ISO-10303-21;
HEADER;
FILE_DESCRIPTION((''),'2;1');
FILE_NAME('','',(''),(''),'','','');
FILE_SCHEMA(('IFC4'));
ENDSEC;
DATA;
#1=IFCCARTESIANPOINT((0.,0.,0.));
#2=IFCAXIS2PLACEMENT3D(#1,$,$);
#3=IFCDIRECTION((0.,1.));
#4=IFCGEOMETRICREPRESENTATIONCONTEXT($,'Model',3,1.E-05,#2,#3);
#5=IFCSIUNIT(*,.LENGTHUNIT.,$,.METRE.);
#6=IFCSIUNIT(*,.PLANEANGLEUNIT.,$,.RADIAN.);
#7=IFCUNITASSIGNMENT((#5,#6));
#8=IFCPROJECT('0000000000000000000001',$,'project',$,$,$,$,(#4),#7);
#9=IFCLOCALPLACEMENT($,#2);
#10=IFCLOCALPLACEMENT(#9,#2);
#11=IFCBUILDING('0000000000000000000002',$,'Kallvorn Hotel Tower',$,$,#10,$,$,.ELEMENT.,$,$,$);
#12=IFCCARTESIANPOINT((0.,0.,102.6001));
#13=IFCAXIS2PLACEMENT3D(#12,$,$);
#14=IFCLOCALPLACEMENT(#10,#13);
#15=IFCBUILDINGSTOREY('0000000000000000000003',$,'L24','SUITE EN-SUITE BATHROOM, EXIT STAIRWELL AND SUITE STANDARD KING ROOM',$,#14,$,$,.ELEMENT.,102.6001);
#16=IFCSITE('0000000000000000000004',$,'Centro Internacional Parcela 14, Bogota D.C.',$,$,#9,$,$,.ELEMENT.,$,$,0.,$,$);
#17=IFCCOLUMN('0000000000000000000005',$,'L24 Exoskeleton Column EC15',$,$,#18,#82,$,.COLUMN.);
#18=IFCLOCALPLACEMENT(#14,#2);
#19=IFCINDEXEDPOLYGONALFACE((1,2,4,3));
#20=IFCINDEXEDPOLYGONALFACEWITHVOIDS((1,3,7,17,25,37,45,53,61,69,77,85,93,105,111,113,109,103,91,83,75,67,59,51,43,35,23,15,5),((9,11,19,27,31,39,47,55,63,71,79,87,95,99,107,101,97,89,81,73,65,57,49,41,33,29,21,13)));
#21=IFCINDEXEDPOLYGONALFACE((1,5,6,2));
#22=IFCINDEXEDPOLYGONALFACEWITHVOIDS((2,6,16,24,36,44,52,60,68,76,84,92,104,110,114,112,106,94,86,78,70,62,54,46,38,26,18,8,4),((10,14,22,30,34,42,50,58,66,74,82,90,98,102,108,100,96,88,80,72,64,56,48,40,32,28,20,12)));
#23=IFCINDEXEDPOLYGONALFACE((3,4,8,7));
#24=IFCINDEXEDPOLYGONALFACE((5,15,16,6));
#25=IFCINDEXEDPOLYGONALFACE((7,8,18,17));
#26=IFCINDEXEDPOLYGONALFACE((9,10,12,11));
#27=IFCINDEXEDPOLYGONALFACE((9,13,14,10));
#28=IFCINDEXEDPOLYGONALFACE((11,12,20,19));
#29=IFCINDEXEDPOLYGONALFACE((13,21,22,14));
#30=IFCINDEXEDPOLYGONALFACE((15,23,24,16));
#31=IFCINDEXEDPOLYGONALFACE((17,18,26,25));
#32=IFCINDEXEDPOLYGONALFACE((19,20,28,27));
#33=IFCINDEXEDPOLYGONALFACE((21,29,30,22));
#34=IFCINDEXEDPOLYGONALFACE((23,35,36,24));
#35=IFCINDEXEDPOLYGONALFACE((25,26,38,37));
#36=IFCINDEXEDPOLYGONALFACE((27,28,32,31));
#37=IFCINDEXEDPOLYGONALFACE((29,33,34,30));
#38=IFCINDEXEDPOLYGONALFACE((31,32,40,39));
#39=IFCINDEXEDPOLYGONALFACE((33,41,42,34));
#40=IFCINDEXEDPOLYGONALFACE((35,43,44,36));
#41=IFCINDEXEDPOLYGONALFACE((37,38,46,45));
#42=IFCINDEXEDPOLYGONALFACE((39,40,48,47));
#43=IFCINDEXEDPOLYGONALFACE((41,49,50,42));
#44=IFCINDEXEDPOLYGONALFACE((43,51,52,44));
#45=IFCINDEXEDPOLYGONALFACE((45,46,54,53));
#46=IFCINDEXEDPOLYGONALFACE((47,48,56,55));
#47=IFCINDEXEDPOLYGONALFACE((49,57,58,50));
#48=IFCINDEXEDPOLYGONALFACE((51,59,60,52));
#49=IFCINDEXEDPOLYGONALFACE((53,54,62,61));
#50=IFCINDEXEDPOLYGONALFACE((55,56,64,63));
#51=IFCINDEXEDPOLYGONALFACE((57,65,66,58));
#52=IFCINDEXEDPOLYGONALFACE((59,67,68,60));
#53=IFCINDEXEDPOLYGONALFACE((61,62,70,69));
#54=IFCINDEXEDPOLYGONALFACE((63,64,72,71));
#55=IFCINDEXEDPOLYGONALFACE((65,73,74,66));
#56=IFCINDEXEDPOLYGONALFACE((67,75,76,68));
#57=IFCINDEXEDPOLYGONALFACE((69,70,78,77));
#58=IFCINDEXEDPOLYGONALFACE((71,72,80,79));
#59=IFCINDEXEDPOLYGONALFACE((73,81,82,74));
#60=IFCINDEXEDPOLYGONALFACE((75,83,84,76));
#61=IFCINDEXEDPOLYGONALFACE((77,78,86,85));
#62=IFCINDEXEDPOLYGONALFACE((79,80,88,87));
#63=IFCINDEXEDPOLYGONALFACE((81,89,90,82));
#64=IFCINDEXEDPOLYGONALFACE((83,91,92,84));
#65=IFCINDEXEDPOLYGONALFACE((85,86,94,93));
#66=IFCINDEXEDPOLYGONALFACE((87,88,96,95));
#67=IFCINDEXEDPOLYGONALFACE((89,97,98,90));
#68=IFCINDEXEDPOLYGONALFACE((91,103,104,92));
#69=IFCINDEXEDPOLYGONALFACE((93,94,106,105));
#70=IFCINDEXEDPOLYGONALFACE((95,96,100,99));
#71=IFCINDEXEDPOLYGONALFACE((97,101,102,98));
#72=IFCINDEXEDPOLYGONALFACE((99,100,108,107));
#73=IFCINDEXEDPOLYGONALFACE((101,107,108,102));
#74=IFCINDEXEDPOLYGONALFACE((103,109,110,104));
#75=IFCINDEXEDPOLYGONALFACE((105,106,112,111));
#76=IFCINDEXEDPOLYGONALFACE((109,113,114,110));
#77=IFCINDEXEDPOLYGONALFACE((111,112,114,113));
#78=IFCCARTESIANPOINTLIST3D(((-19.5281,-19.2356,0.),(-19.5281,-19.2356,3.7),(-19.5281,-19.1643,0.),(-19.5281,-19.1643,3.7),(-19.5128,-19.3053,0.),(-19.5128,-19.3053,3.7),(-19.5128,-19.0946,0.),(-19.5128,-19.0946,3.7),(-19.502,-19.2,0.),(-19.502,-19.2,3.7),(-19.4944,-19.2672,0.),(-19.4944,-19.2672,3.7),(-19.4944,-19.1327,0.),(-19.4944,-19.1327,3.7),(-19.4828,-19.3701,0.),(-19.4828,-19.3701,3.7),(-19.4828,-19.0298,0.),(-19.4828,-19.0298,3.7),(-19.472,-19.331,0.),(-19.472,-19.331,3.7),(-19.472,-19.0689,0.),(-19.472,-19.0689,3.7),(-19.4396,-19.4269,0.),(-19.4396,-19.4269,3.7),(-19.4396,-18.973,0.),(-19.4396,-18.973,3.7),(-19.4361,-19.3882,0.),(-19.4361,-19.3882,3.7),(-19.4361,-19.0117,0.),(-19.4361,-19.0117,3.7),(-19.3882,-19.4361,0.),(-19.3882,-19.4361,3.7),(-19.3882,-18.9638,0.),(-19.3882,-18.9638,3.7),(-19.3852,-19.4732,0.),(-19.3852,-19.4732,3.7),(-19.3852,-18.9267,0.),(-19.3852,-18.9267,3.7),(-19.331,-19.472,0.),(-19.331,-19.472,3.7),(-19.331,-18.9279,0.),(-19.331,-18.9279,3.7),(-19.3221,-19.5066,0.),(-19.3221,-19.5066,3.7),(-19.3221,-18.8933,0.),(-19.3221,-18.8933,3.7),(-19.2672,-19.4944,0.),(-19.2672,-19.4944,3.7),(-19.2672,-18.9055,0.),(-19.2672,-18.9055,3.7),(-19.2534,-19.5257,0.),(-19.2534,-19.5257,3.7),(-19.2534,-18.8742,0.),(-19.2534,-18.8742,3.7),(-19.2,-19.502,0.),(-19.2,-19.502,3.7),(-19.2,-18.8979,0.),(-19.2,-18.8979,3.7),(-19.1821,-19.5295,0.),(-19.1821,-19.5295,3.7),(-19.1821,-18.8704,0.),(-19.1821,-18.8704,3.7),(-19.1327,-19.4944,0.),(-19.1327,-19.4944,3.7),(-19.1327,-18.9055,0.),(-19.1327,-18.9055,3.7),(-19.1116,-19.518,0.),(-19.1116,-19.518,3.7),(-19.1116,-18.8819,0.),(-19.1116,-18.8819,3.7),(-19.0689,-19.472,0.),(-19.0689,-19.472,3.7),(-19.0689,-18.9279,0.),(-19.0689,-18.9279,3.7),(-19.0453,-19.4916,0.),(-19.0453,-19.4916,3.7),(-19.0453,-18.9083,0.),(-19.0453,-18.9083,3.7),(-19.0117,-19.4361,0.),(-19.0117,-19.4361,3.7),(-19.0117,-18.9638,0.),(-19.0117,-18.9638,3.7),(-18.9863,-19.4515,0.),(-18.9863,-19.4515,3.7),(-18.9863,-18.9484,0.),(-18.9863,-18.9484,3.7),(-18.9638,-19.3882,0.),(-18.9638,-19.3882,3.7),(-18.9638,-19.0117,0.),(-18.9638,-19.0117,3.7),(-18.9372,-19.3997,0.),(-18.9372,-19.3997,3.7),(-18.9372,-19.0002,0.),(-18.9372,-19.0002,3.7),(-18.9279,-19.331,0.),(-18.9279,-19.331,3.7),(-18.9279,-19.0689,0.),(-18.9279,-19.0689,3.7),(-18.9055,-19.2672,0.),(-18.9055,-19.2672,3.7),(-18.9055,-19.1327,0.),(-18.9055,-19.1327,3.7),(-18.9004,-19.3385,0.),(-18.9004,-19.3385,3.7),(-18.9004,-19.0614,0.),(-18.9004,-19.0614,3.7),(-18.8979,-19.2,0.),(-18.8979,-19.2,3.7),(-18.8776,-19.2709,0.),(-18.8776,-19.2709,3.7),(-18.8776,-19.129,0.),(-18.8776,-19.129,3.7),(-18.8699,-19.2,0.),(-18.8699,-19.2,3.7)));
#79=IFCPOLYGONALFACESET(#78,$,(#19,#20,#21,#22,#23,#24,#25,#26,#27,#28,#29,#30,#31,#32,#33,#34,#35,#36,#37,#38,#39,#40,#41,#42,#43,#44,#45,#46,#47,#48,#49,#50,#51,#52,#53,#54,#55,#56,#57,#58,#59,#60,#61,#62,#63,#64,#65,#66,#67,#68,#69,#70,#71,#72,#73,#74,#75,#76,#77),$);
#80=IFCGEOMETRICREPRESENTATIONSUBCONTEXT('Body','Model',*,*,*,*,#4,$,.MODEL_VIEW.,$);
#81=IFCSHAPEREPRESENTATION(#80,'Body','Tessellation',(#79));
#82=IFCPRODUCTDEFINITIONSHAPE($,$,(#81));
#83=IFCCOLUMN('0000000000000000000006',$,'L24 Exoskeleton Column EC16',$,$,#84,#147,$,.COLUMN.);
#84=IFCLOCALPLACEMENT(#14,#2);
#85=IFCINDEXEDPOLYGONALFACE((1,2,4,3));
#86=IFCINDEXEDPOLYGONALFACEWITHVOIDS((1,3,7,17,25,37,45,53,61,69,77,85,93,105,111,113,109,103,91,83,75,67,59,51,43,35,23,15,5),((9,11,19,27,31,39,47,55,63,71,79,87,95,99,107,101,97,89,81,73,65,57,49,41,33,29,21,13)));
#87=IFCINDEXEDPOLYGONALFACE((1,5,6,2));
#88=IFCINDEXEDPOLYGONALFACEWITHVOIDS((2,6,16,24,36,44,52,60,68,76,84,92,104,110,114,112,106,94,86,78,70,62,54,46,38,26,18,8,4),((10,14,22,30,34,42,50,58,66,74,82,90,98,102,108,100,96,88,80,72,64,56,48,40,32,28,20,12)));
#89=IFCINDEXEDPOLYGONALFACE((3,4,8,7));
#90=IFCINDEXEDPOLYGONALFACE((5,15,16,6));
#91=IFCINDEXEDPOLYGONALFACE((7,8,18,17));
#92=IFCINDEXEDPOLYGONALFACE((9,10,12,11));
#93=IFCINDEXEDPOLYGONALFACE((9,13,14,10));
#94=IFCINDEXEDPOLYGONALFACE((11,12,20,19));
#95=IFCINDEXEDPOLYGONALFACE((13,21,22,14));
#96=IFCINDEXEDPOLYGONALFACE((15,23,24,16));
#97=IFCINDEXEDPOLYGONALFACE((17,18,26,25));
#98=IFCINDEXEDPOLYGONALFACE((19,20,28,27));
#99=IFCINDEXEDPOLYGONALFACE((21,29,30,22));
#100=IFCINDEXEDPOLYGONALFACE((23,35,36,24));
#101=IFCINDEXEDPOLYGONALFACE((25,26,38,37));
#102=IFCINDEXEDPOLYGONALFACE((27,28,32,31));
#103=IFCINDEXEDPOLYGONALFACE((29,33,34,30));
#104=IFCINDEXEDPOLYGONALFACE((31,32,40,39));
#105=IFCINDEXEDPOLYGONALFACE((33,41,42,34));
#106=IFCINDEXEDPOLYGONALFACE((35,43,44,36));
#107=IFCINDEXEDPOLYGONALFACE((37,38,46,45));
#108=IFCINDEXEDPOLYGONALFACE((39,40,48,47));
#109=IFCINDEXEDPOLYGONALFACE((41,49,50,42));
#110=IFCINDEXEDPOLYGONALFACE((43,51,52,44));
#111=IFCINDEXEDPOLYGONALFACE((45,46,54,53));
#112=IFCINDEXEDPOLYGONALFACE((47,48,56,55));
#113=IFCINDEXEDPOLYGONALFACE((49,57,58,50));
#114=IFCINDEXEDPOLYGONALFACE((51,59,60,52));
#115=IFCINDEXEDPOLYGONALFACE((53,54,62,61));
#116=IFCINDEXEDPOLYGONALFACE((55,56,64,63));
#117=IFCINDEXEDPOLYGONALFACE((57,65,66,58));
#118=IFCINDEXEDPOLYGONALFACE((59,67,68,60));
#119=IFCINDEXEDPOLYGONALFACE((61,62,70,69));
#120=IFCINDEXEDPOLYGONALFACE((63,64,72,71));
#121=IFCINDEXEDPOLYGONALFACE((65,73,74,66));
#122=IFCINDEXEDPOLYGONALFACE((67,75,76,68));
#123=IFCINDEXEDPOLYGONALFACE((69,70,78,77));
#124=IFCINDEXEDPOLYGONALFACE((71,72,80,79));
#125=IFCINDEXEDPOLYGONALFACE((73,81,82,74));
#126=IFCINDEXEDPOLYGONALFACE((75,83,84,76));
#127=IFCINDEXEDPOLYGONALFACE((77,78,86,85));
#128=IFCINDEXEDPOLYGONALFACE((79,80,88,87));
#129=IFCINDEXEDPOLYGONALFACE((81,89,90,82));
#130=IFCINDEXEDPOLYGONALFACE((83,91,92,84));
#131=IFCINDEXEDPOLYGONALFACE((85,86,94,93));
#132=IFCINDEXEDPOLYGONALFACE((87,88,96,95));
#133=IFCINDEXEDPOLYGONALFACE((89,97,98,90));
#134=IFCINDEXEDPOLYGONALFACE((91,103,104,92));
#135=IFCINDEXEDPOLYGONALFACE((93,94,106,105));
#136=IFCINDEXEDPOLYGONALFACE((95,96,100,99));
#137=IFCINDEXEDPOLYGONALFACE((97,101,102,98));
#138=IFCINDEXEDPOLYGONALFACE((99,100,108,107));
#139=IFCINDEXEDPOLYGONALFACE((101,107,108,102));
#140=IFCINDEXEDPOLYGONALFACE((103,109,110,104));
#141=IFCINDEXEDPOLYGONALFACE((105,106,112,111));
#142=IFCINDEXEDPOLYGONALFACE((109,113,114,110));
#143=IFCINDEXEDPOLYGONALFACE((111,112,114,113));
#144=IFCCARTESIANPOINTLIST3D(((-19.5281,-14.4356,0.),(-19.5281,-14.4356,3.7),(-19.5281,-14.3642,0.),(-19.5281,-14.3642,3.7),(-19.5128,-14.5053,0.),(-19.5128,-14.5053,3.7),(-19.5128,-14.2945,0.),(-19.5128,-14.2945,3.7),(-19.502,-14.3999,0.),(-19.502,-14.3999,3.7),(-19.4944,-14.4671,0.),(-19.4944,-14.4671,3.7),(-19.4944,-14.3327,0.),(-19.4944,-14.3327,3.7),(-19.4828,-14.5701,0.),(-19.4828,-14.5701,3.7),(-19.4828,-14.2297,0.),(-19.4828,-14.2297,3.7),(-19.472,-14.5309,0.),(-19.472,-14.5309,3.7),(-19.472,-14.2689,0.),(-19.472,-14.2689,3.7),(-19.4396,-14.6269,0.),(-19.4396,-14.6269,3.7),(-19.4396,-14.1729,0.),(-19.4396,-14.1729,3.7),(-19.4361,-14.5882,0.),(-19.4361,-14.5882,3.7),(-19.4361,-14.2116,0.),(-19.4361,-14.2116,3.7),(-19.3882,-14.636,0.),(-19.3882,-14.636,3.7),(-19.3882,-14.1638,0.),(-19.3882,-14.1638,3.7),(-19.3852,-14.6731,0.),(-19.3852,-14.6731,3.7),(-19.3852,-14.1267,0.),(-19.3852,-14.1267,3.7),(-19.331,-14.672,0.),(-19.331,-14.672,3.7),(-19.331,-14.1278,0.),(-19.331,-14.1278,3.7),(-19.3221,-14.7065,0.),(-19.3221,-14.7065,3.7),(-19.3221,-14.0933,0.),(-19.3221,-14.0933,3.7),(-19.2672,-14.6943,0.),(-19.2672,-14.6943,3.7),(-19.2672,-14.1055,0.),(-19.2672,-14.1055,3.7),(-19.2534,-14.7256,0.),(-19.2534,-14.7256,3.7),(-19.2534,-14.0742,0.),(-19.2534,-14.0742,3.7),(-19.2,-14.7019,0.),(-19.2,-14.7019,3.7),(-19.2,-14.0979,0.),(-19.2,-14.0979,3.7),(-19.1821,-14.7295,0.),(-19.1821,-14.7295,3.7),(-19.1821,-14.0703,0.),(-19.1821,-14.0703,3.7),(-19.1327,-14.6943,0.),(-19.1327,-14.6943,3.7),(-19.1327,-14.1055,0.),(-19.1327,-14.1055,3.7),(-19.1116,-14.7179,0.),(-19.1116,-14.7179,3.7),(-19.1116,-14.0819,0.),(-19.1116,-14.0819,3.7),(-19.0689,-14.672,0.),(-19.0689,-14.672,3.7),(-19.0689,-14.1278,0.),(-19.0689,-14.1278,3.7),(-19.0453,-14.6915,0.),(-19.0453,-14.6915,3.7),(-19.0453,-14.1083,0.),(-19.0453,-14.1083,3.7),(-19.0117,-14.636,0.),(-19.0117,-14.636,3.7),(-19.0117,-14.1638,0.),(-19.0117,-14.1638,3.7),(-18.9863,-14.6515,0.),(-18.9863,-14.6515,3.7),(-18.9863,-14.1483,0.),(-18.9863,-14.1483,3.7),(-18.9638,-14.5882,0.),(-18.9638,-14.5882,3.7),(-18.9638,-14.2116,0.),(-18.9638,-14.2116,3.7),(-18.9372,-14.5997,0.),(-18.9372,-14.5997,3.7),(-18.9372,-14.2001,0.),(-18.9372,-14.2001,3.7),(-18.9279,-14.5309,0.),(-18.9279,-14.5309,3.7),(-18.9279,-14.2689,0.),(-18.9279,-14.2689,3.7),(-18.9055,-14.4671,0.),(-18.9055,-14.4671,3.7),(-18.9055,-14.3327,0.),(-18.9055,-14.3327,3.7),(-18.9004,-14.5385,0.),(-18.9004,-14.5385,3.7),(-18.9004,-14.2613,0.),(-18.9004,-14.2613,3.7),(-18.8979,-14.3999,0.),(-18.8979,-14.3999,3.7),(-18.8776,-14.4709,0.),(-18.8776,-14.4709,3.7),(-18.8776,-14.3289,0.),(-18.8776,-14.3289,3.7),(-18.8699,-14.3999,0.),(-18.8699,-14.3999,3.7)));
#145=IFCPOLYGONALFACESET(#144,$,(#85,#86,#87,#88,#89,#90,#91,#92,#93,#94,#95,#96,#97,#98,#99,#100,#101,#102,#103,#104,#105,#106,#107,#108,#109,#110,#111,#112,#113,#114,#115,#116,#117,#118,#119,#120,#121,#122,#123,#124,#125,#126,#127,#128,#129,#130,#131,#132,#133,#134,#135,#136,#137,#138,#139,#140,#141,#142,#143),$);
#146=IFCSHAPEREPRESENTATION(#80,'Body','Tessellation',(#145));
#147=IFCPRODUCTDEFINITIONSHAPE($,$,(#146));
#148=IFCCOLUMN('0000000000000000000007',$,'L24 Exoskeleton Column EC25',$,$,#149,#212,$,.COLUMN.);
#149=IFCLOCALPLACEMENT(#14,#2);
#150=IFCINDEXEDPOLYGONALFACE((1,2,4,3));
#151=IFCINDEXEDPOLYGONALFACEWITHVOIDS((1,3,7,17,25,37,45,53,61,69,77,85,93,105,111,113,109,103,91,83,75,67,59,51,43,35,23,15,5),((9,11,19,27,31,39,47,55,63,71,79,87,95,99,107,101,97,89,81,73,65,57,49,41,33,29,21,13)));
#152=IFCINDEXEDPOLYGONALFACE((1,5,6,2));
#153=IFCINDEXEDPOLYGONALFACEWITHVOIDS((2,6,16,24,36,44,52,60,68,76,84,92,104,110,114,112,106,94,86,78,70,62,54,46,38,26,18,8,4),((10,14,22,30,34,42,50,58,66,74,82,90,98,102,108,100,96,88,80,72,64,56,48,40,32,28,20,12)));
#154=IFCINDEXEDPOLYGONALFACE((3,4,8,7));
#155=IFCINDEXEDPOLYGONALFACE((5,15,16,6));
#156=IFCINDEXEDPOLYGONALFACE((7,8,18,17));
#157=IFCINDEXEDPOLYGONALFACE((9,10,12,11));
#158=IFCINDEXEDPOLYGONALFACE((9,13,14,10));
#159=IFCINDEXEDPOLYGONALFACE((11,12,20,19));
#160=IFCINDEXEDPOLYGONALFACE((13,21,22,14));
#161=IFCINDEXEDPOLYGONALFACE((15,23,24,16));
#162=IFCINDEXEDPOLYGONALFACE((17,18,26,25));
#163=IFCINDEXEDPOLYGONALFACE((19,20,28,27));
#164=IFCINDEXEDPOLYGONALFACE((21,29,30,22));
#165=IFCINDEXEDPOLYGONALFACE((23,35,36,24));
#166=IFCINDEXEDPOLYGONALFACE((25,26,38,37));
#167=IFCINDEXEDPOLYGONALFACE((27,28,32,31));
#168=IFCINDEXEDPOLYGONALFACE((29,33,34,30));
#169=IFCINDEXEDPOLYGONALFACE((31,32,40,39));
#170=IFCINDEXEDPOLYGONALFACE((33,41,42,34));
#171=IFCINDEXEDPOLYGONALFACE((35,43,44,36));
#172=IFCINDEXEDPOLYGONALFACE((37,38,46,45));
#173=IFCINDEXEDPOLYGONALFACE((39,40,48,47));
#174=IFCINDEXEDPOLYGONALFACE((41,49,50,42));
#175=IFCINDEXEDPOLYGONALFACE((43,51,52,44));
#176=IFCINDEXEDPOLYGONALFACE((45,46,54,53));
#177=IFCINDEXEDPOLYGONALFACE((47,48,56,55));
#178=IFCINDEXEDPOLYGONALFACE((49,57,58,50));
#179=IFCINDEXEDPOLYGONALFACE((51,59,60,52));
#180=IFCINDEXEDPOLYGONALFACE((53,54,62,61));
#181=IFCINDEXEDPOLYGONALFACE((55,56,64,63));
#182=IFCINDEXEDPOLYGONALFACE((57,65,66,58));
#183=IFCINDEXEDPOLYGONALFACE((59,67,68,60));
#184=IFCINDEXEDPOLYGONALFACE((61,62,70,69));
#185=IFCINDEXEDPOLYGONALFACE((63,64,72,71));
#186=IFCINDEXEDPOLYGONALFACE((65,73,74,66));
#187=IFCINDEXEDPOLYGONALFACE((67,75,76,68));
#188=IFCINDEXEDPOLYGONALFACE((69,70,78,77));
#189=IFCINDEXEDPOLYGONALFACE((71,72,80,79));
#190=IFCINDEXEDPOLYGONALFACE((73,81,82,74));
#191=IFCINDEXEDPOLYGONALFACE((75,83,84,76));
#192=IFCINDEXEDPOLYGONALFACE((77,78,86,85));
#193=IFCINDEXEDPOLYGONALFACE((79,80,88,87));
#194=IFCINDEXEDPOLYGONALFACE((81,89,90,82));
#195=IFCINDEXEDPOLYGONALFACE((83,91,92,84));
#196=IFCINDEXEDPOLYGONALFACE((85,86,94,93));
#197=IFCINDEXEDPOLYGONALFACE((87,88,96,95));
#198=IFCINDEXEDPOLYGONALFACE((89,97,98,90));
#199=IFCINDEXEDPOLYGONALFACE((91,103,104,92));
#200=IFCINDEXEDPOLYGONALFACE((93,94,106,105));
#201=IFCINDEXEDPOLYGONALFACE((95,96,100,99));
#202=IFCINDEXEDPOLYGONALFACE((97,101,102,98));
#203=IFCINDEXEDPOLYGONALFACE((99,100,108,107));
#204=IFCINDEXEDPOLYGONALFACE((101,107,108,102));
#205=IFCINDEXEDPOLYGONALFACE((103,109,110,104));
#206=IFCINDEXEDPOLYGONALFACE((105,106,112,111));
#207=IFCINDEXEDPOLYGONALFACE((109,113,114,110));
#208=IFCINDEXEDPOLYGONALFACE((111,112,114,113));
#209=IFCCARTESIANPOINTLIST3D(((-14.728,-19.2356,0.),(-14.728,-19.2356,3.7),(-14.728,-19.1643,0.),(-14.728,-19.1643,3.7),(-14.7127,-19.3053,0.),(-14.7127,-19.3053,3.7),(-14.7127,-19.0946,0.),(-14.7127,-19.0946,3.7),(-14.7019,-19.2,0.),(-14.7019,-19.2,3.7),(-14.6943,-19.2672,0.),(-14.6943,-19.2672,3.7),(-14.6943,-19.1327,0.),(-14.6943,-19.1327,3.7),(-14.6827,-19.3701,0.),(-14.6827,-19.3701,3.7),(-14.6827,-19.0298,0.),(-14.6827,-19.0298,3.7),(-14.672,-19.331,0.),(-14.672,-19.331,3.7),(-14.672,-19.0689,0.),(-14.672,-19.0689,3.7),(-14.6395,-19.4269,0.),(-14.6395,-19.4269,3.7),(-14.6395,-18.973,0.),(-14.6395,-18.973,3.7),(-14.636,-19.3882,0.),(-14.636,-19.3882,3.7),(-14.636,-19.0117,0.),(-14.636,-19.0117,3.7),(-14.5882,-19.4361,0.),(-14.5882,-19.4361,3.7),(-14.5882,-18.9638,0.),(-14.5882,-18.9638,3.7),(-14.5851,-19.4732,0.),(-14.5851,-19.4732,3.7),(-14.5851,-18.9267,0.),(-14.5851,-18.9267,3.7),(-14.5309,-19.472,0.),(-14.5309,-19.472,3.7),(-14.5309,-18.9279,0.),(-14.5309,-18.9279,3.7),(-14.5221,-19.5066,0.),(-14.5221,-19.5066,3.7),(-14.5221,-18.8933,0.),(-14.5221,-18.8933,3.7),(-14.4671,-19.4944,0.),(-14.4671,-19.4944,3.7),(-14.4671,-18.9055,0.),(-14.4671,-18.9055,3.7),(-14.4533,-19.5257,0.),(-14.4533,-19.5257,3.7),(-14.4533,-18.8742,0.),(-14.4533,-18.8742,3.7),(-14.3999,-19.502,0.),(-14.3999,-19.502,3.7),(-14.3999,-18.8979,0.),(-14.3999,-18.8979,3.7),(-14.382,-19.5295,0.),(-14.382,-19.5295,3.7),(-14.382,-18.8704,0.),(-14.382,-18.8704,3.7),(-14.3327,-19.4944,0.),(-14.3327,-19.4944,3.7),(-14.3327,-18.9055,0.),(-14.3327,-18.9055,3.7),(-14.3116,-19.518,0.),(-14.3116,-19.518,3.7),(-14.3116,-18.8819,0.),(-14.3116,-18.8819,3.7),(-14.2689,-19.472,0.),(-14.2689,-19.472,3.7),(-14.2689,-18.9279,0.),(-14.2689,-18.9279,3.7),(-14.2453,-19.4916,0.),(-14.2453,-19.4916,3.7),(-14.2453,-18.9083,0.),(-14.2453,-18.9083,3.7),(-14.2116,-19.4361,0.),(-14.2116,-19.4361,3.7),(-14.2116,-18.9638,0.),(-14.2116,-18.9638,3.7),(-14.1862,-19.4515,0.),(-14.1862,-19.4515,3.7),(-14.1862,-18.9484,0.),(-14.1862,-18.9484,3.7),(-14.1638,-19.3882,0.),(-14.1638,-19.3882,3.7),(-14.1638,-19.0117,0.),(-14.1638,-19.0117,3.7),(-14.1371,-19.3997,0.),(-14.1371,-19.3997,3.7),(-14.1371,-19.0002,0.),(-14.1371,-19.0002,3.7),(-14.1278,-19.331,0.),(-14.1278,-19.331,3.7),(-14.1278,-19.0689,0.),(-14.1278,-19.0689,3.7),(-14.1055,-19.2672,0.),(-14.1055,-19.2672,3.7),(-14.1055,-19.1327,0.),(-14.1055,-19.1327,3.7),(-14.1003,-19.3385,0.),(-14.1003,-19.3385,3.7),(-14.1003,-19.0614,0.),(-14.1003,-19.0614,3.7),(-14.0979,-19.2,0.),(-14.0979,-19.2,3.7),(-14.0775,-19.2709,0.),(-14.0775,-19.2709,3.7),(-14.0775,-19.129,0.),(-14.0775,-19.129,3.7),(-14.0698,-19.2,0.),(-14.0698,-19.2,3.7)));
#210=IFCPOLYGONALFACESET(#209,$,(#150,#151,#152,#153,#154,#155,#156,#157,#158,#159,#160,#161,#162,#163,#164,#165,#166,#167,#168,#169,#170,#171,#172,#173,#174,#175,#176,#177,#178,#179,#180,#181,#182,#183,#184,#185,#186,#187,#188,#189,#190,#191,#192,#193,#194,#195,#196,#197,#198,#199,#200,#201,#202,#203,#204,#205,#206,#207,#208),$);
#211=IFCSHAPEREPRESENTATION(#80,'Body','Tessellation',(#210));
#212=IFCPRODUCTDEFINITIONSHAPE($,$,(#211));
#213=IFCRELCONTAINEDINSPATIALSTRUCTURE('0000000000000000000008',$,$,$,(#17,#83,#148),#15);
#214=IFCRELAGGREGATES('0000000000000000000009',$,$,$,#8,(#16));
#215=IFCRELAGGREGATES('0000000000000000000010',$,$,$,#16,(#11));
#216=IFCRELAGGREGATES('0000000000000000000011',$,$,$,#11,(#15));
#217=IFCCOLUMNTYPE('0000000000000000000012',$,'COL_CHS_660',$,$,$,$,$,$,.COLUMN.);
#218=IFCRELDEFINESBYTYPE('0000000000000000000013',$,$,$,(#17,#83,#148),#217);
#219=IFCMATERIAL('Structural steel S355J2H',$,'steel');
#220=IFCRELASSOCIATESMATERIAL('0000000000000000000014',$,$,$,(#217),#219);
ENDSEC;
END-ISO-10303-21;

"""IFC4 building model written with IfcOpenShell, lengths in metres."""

from ifc_helpers import new_model, si_unit, direction, frame, origin, origin_2d, place, context, subcontext, project, spatial, hollow_circle, extrude, material, material_profile, profile_set, type_object, element, save


model = new_model("IFC4")

# Units and contexts
model_context = context("Model", 3, precision=1e-05, world=origin(), true_north=direction((0.0, 1.0)))
body_context = subcontext(model_context, "Body", "Model", "MODEL_VIEW")
ifc_project = project(units=[si_unit("LENGTHUNIT", "METRE"), si_unit("PLANEANGLEUNIT", "RADIAN")], contexts=[model_context])

# Site, building, storey
site_placement = place(None, origin())
site = spatial("IfcSite", under=ifc_project, at=site_placement, Name="Centro Internacional Parcela 14, Bogota D.C.", CompositionType="ELEMENT", RefElevation=0.0)
building_placement = place(site_placement, origin())
building = spatial("IfcBuilding", under=site, at=building_placement, Name="Kallvorn Hotel Tower", CompositionType="ELEMENT")
storey_placement = place(building_placement, frame((0.0, 0.0, 102.6001)))
storey = spatial("IfcBuildingStorey", under=building, at=storey_placement, Name="L24", Description="SUITE EN-SUITE BATHROOM, EXIT STAIRWELL AND SUITE STANDARD KING ROOM", CompositionType="ELEMENT", Elevation=102.6001)

# Columns
ifc_material_1 = material(Name="Structural steel S355J2H", Category="steel")
ifc_material_profile_1 = material_profile(ifc_material_1, hollow_circle(Radius=0.3301, WallThickness=0.0281, at=origin_2d()), Name="CHS 660x28")
ifc_profile_set_1 = profile_set([ifc_material_profile_1], Name="Structural steel S355J2H")
column_type_1 = type_object("IfcColumnType", Name="COL_CHS_660", PredefinedType="COLUMN", material=ifc_profile_set_1)
for number, where, z_axis, x_axis, name in (
    (1, (-19.2, -19.2, 0.0), (0.0, 0.0, 1.0), (1.0, 0.0, 0.0), "L24 Exoskeleton Column EC15"),
    (2, (-19.2, -14.3999, 0.0), (0.0, 0.0, 1.0), (1.0, 0.0, 0.0), "L24 Exoskeleton Column EC16"),
    (3, (-14.3999, -19.2, 0.0), (0.0, 0.0, 1.0), (1.0, 0.0, 0.0), "L24 Exoskeleton Column EC25"),
):
    element("IfcColumn", number, at=place(storey_placement, frame(where, z_axis=z_axis, x_axis=x_axis)), inside=storey, type_object=column_type_1, Name=name, PredefinedType="COLUMN", context=body_context, shape_type="SweptSolid", body=[
        extrude(hollow_circle(Radius=0.3301, WallThickness=0.0281, at=origin_2d()), origin(), (0.0, 0.0, 1.0), 3.7),
    ])

save(model, "model.ifc")
